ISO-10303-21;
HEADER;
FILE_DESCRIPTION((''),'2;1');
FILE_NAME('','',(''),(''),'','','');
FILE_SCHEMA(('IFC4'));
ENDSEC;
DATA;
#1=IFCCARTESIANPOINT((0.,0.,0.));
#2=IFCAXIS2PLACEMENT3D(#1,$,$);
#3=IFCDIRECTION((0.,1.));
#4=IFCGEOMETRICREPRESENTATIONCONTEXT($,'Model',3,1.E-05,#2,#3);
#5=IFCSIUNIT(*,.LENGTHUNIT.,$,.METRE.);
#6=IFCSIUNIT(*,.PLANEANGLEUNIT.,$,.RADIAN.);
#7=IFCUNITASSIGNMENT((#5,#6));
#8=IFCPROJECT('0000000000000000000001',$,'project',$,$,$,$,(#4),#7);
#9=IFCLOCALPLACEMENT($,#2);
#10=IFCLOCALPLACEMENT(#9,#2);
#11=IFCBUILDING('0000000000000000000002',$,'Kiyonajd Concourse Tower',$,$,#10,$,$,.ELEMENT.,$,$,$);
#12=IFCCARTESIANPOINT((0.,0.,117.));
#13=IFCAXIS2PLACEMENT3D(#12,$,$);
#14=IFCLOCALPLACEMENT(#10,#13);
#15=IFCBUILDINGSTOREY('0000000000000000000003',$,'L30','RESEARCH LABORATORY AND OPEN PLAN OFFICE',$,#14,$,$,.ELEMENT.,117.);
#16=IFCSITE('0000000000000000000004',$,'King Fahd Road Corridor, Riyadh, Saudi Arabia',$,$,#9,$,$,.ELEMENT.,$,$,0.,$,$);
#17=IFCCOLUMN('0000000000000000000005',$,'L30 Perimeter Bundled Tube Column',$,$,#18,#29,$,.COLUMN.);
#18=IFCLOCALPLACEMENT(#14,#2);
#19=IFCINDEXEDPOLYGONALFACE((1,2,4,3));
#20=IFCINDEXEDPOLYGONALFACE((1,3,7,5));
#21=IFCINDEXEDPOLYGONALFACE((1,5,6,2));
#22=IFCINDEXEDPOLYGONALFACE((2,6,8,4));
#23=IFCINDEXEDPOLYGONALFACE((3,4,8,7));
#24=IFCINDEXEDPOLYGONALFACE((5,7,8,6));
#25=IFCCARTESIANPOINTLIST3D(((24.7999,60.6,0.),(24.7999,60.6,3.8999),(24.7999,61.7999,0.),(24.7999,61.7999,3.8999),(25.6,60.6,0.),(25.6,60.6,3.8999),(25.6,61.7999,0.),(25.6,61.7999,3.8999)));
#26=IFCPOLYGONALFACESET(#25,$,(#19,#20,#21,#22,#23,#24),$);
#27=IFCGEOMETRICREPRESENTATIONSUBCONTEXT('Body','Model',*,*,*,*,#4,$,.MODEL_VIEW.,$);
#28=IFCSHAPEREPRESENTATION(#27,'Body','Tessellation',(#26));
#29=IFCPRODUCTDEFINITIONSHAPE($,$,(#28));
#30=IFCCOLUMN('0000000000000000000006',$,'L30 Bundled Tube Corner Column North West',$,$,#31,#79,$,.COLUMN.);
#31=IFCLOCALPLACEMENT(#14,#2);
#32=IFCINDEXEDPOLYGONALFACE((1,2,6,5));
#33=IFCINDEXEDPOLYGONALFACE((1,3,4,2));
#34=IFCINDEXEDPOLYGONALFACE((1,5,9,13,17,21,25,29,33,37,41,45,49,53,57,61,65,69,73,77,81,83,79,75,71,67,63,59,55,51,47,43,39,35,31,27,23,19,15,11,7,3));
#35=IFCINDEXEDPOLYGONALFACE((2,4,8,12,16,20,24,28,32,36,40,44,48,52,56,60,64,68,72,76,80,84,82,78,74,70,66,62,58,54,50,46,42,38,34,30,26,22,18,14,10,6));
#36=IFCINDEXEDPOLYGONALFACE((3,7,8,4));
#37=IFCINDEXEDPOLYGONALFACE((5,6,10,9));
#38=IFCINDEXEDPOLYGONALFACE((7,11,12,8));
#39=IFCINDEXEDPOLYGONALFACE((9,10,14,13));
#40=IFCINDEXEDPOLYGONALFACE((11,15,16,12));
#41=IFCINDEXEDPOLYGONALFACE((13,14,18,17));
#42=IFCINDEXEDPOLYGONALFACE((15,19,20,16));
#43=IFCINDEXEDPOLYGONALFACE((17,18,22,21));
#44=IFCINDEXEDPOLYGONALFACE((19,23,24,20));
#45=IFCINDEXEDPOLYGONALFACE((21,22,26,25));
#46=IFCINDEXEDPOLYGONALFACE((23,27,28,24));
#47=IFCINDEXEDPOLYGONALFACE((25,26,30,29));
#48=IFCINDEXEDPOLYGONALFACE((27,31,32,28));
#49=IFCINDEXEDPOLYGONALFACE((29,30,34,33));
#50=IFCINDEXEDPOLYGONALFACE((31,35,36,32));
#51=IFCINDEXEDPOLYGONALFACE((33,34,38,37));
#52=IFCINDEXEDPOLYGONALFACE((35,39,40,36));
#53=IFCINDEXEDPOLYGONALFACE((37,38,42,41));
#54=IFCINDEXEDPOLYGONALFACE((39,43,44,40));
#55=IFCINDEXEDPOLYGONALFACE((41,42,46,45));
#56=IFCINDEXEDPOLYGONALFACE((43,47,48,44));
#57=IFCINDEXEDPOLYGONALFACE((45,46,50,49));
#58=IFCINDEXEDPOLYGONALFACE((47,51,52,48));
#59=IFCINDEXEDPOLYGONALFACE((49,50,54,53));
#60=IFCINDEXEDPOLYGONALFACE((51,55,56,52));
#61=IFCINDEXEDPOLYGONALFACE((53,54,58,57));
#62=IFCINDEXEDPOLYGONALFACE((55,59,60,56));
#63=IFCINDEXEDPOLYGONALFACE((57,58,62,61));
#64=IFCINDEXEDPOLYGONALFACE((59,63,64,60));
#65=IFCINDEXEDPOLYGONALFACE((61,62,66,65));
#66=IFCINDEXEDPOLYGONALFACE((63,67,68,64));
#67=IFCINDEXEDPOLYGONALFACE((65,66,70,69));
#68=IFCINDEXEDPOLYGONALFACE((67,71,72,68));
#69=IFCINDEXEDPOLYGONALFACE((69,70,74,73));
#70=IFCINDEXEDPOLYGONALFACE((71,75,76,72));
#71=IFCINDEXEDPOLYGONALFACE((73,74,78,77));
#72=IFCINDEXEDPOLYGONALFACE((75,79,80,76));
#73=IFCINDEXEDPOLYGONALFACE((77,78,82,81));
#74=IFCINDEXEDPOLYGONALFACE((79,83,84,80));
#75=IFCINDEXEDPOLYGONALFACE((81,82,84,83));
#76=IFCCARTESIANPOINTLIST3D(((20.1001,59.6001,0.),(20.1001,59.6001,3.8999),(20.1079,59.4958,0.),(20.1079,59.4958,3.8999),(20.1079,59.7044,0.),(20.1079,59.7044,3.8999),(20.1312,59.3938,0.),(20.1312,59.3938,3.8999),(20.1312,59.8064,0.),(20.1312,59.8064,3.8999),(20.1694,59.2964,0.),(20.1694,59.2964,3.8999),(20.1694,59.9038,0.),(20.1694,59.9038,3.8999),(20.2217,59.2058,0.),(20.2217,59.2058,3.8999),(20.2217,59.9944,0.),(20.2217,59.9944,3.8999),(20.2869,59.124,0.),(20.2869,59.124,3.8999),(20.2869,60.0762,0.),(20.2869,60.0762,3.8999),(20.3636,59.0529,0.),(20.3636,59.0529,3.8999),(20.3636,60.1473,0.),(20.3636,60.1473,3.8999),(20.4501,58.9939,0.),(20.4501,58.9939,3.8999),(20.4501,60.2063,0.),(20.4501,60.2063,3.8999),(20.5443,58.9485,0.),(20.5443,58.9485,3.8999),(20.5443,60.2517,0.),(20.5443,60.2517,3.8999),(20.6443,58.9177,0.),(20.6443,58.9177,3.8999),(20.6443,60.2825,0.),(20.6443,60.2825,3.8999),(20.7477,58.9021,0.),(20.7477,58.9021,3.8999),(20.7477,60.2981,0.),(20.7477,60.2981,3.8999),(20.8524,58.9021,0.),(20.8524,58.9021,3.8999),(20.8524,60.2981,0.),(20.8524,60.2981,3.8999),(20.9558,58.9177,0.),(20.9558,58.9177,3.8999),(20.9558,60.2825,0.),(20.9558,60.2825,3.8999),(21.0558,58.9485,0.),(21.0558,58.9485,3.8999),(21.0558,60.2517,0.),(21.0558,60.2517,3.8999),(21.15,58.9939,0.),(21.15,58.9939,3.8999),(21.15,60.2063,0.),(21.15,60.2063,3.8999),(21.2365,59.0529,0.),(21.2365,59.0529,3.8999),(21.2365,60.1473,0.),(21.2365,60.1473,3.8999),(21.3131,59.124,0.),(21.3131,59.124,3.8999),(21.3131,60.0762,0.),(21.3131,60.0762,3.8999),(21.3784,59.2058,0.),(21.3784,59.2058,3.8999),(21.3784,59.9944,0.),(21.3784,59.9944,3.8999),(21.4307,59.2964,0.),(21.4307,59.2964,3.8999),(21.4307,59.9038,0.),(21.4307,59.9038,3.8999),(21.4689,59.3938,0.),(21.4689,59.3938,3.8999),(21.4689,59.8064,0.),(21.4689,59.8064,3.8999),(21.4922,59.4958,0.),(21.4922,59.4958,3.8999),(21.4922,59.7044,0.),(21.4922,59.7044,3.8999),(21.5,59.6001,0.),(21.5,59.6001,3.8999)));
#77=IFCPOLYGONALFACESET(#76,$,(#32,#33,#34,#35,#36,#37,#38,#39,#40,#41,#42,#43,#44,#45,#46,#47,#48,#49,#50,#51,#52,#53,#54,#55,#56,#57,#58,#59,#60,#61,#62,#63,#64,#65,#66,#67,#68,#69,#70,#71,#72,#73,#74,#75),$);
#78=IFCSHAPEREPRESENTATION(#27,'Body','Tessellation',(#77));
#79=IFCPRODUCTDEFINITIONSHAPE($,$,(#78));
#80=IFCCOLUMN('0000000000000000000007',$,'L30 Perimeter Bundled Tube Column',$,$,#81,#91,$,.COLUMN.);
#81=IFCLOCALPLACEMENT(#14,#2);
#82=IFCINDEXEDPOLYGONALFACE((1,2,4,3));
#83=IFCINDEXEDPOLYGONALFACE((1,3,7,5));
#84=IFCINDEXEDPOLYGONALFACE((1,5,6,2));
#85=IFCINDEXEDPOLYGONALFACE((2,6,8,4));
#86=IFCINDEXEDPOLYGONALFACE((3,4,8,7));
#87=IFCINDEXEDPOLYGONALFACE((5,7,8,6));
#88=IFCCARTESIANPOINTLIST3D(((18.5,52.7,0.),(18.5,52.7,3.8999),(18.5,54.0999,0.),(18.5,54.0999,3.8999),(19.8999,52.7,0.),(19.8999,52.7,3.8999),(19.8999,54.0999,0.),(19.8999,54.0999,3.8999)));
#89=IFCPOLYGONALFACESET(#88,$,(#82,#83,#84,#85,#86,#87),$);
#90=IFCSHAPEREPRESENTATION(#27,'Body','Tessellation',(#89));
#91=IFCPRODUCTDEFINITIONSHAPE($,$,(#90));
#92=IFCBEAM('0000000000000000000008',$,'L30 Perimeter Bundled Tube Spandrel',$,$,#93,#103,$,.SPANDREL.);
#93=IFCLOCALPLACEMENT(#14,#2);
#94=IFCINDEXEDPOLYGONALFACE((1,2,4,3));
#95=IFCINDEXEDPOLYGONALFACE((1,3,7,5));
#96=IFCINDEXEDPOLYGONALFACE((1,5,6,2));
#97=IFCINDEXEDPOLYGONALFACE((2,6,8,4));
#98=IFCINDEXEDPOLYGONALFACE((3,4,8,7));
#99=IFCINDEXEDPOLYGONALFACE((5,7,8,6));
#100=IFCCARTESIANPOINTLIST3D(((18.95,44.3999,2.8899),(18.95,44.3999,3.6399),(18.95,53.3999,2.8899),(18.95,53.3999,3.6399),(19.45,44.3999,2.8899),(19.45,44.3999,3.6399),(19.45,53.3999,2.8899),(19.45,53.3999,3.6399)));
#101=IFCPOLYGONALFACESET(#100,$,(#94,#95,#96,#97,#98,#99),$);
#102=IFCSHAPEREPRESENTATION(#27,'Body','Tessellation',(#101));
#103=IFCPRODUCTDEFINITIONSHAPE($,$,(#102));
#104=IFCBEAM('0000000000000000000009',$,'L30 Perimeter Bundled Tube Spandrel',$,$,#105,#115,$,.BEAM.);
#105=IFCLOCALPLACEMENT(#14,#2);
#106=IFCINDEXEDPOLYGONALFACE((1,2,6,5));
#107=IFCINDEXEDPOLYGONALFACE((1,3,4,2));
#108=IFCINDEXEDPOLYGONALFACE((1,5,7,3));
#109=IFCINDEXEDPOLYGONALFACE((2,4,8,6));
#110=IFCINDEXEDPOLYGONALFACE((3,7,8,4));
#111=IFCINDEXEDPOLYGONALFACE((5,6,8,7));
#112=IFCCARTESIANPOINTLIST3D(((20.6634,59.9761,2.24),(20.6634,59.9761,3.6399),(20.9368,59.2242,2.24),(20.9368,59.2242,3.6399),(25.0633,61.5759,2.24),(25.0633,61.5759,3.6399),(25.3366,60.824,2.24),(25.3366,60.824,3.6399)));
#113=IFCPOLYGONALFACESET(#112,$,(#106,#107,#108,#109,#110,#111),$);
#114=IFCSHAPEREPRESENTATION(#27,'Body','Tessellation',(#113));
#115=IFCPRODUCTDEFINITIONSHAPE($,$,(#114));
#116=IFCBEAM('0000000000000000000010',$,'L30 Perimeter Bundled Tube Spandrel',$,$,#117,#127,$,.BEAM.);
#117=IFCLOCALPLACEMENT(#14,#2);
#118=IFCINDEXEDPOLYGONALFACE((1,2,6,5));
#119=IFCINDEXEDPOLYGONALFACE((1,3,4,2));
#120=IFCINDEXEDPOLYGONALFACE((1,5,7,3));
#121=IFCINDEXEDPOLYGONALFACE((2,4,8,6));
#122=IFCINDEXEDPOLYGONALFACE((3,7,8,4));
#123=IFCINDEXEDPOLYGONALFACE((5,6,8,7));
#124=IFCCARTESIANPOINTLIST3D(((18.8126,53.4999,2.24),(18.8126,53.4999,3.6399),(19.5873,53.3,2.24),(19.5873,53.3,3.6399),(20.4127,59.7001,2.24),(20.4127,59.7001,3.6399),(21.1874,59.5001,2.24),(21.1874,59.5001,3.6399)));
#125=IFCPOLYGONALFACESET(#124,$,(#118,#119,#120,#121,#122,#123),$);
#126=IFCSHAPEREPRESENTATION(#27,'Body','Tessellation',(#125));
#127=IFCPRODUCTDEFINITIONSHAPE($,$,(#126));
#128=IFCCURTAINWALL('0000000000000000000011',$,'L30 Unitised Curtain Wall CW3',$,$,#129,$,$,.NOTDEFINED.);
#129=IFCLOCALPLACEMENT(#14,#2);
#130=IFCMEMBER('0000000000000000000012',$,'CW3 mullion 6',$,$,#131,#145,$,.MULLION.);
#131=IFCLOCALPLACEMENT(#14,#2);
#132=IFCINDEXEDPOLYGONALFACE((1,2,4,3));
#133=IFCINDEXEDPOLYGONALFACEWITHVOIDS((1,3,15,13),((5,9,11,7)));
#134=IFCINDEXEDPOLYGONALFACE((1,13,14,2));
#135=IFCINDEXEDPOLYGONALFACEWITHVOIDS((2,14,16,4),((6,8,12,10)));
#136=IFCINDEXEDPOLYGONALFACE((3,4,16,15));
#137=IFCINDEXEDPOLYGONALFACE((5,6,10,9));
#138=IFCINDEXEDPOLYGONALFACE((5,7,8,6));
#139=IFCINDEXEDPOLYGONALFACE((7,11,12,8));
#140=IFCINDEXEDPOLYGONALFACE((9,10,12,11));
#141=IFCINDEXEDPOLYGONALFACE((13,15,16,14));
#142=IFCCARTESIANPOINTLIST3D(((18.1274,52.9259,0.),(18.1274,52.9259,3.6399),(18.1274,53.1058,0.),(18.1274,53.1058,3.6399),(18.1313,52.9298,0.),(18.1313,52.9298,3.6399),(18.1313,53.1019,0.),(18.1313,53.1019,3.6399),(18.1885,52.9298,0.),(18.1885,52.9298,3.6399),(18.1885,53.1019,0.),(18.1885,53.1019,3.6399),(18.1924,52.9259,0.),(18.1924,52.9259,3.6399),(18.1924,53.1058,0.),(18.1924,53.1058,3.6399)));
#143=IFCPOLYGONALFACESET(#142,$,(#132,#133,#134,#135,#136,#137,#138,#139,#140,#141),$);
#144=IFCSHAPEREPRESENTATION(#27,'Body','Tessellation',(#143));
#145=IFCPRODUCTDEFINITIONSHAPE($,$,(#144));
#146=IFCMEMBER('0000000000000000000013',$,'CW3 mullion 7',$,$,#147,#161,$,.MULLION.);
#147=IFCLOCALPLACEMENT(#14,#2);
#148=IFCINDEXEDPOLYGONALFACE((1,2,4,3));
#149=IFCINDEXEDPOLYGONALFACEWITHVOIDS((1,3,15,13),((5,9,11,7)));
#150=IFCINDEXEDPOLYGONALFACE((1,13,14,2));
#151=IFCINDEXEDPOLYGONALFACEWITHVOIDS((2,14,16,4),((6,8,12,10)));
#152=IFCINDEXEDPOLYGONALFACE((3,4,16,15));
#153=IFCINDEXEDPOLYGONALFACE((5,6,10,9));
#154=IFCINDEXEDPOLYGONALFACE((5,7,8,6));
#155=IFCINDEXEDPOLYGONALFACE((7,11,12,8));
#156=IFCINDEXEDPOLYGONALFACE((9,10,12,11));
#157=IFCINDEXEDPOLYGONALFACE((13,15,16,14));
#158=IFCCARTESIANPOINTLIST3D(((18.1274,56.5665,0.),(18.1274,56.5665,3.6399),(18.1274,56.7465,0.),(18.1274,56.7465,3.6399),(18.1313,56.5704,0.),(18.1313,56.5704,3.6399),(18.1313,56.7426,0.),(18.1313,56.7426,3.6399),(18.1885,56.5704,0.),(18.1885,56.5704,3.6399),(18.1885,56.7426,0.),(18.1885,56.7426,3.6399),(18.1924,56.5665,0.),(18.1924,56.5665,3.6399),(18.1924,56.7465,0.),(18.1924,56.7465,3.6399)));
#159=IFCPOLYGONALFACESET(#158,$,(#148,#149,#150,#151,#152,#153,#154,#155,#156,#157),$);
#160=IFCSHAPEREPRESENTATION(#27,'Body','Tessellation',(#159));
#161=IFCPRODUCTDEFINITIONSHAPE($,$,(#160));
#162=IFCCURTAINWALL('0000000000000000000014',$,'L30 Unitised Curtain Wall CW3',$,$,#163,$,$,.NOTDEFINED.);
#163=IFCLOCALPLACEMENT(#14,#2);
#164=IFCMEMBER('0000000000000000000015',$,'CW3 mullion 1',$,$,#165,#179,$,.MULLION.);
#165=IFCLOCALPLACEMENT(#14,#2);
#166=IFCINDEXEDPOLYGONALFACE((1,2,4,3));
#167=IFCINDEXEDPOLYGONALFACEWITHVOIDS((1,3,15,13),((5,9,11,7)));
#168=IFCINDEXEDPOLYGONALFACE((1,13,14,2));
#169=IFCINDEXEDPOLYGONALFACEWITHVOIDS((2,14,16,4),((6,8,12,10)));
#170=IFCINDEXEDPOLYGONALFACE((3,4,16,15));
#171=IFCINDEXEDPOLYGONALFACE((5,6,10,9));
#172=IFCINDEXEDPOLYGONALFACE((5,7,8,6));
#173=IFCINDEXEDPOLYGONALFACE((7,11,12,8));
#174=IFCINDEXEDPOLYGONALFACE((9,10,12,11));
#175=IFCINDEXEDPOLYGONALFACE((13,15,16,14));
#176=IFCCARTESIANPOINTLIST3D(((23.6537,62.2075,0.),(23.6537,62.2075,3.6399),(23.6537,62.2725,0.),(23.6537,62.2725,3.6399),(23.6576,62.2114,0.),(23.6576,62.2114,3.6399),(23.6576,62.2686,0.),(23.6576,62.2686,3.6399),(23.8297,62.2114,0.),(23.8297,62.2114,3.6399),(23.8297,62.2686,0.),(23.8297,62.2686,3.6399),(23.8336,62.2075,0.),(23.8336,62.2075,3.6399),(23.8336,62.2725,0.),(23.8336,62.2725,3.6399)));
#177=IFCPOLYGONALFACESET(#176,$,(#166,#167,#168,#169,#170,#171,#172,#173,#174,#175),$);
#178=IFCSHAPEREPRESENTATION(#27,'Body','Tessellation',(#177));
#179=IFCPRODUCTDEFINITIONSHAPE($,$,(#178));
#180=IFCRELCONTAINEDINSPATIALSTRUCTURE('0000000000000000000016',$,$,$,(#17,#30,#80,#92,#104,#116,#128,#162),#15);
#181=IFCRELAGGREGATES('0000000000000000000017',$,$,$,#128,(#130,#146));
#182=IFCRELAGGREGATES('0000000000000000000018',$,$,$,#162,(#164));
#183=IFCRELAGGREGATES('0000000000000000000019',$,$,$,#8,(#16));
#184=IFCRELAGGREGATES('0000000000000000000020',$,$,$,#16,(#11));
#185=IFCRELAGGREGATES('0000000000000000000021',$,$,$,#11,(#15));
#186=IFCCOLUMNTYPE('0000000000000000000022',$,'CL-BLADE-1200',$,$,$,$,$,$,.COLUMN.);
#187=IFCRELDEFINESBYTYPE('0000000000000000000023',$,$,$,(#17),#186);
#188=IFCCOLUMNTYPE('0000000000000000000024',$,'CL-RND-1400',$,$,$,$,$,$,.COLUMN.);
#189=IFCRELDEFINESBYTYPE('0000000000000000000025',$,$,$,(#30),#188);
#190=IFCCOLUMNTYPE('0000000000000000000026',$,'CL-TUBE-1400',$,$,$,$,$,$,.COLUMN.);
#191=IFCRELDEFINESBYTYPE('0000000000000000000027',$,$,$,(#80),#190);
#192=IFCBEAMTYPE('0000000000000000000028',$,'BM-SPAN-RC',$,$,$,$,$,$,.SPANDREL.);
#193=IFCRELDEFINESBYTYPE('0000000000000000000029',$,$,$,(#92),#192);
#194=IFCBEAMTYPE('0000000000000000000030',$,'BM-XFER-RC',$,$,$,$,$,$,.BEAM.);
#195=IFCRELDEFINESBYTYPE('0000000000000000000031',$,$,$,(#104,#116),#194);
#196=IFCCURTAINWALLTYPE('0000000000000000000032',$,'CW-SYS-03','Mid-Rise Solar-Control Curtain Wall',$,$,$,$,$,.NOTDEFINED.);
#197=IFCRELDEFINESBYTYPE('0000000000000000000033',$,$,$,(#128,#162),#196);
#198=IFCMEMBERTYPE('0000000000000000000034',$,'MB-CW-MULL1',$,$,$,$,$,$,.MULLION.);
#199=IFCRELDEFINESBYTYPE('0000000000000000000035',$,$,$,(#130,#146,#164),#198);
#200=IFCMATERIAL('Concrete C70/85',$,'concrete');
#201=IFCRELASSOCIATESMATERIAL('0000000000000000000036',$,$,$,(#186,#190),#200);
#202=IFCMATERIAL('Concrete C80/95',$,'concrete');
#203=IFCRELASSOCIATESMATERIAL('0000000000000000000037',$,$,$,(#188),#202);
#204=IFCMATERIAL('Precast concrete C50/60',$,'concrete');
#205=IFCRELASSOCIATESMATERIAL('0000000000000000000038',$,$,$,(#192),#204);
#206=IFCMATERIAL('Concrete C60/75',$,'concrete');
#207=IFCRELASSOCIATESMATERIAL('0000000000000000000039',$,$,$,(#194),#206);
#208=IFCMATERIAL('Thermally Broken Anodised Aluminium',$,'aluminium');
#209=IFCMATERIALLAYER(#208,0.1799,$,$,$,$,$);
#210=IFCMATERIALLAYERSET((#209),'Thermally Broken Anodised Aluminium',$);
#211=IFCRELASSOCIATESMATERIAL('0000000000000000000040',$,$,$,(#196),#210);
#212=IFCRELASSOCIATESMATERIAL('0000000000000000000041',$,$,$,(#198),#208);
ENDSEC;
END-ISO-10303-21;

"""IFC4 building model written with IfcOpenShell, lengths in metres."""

from ifc_helpers import new_model, si_unit, direction, frame, origin, origin_2d, place, context, subcontext, project, spatial, rectangle, hollow_rectangle, circle, extrude, material, layer, layer_set, material_profile, profile_set, type_object, element, aggregate, save


model = new_model("IFC4")

# Units and contexts
model_context = context("Model", 3, precision=1e-05, world=origin(), true_north=direction((0.0, 1.0)))
body_context = subcontext(model_context, "Body", "Model", "MODEL_VIEW")
ifc_project = project(units=[si_unit("LENGTHUNIT", "METRE"), si_unit("PLANEANGLEUNIT", "RADIAN")], contexts=[model_context])

# Site, building, storey
site_placement = place(None, origin())
site = spatial("IfcSite", under=ifc_project, at=site_placement, Name="King Fahd Road Corridor, Riyadh, Saudi Arabia", CompositionType="ELEMENT", RefElevation=0.0)
building_placement = place(site_placement, origin())
building = spatial("IfcBuilding", under=site, at=building_placement, Name="Kiyonajd Concourse Tower", CompositionType="ELEMENT")
storey_placement = place(building_placement, frame((0.0, 0.0, 117.0)))
storey = spatial("IfcBuildingStorey", under=building, at=storey_placement, Name="L30", Description="RESEARCH LABORATORY AND OPEN PLAN OFFICE", CompositionType="ELEMENT", Elevation=117.0)

# Columns
ifc_material_1 = material(Name="Concrete C70/85", Category="concrete")
ifc_material_profile_1 = material_profile(ifc_material_1, rectangle(XDim=0.8, YDim=1.2, at=origin_2d()), Name="RC-1200x800")
ifc_profile_set_1 = profile_set([ifc_material_profile_1], Name="Concrete C70/85")
column_type_1 = type_object("IfcColumnType", Name="CL-BLADE-1200", PredefinedType="COLUMN", material=ifc_profile_set_1)
column_1_placement = place(storey_placement, frame((25.2, 61.2, 0.0), z_axis=(0.0, 0.0, 1.0), x_axis=(1.0, 0.0, 0.0)))
element("IfcColumn", 1, at=column_1_placement, inside=storey, type_object=column_type_1, Name="L30 Perimeter Bundled Tube Column", PredefinedType="COLUMN", context=body_context, shape_type="SweptSolid", body=[
    extrude(rectangle(XDim=0.8, YDim=1.2, at=origin_2d()), origin(), (0.0, 0.0, 1.0), 3.8999),
])
ifc_material_2 = material(Name="Concrete C80/95", Category="concrete")
ifc_material_profile_2 = material_profile(ifc_material_2, circle(Radius=0.7, at=origin_2d()), Name="RCC-D1400")
ifc_profile_set_2 = profile_set([ifc_material_profile_2], Name="Concrete C80/95")
column_type_2 = type_object("IfcColumnType", Name="CL-RND-1400", PredefinedType="COLUMN", material=ifc_profile_set_2)
column_2_placement = place(storey_placement, frame((20.8, 59.6001, 0.0), z_axis=(0.0, 0.0, 1.0), x_axis=(1.0, 0.0, 0.0)))
element("IfcColumn", 2, at=column_2_placement, inside=storey, type_object=column_type_2, Name="L30 Bundled Tube Corner Column North West", PredefinedType="COLUMN", context=body_context, shape_type="SweptSolid", body=[
    extrude(circle(Radius=0.7, at=origin_2d()), origin(), (0.0, 0.0, 1.0), 3.8999),
])
ifc_material_profile_3 = material_profile(ifc_material_1, rectangle(XDim=1.3999, YDim=1.3999, at=origin_2d()), Name="RC-1400x1400")
ifc_profile_set_3 = profile_set([ifc_material_profile_3], Name="Concrete C70/85")
column_type_3 = type_object("IfcColumnType", Name="CL-TUBE-1400", PredefinedType="COLUMN", material=ifc_profile_set_3)
column_3_placement = place(storey_placement, frame((19.2, 53.3999, 0.0), z_axis=(0.0, 0.0, 1.0), x_axis=(1.0, 0.0, 0.0)))
element("IfcColumn", 3, at=column_3_placement, inside=storey, type_object=column_type_3, Name="L30 Perimeter Bundled Tube Column", PredefinedType="COLUMN", context=body_context, shape_type="SweptSolid", body=[
    extrude(rectangle(XDim=1.3999, YDim=1.3999, at=origin_2d()), origin(), (0.0, 0.0, 1.0), 3.8999),
])

# Beams
ifc_material_3 = material(Name="Precast concrete C50/60", Category="concrete")
ifc_material_profile_4 = material_profile(ifc_material_3, rectangle(XDim=0.5, YDim=0.75, at=origin_2d()), Name="RCBM-500x750")
ifc_profile_set_4 = profile_set([ifc_material_profile_4], Name="Precast concrete C50/60")
beam_type_1 = type_object("IfcBeamType", Name="BM-SPAN-RC", PredefinedType="SPANDREL", material=ifc_profile_set_4)
beam_1_placement = place(storey_placement, frame((19.2, 53.3999, 3.2649), z_axis=(0.0, -1.0, 0.0), x_axis=(1.0, 0.0, 0.0)))
element("IfcBeam", 4, at=beam_1_placement, inside=storey, type_object=beam_type_1, Name="L30 Perimeter Bundled Tube Spandrel", PredefinedType="SPANDREL", context=body_context, shape_type="SweptSolid", body=[
    extrude(rectangle(XDim=0.5, YDim=0.75, at=origin_2d()), origin(), (0.0, 0.0, 1.0), 9.0),
])
ifc_material_4 = material(Name="Concrete C60/75", Category="concrete")
ifc_material_profile_5 = material_profile(ifc_material_4, rectangle(XDim=0.8, YDim=1.3999, at=origin_2d()), Name="RCBM-800x1400")
ifc_profile_set_5 = profile_set([ifc_material_profile_5], Name="Concrete C60/75")
beam_type_2 = type_object("IfcBeamType", Name="BM-XFER-RC", PredefinedType="BEAM", material=ifc_profile_set_5)
beam_2_placement = place(storey_placement, frame((25.2, 61.2, 2.9399), z_axis=(-0.939801, -0.341722, 0.0), x_axis=(0.341722, -0.939801, 0.0)))
element("IfcBeam", 5, at=beam_2_placement, inside=storey, type_object=beam_type_2, Name="L30 Perimeter Bundled Tube Spandrel", PredefinedType="BEAM", context=body_context, shape_type="SweptSolid", body=[
    extrude(rectangle(XDim=0.8, YDim=1.3999, at=origin_2d()), origin(), (0.0, 0.0, 1.0), 4.6816),
])
beam_3_placement = place(storey_placement, frame((20.8, 59.6001, 2.9399), z_axis=(-0.249885, -0.968276, 0.0), x_axis=(0.968276, -0.249885, 0.0)))
element("IfcBeam", 6, at=beam_3_placement, inside=storey, type_object=beam_type_2, Name="L30 Perimeter Bundled Tube Spandrel", PredefinedType="BEAM", context=body_context, shape_type="SweptSolid", body=[
    extrude(rectangle(XDim=0.8, YDim=1.3999, at=origin_2d()), origin(), (0.0, 0.0, 1.0), 6.4033),
])

# Curtain walls, members
ifc_material_5 = material(Name="Thermally Broken Anodised Aluminium", Category="aluminium")
ifc_layer_1 = layer(ifc_material_5, 0.1799)
ifc_layer_set_1 = layer_set([ifc_layer_1], Name="Thermally Broken Anodised Aluminium")
curtain_wall_type = type_object("IfcCurtainWallType", Name="CW-SYS-03", Description="Mid-Rise Solar-Control Curtain Wall", PredefinedType="NOTDEFINED", material=ifc_layer_set_1)
curtain_wall_1_placement = place(storey_placement, origin())
curtain_wall_1 = element("IfcCurtainWall", 7, at=curtain_wall_1_placement, inside=storey, type_object=curtain_wall_type, Name="L30 Unitised Curtain Wall CW3", PredefinedType="NOTDEFINED")
ifc_material_profile_6 = material_profile(ifc_material_5, hollow_rectangle(XDim=0.0649, YDim=0.1799, WallThickness=0.0039, at=origin_2d()), Name="MULL-65x180")
ifc_profile_set_6 = profile_set([ifc_material_profile_6], Name="Thermally Broken Anodised Aluminium")
member_type_1 = type_object("IfcMemberType", Name="MB-CW-MULL1", PredefinedType="MULLION", material=ifc_profile_set_6)
member_1_placement = place(storey_placement, frame((18.1599, 53.0159, 0.0), z_axis=(0.0, 0.0, 1.0), x_axis=(-1.0, 0.0, 0.0)))
member_1 = element("IfcMember", 8, at=member_1_placement, type_object=member_type_1, Name="CW3 mullion 6", PredefinedType="MULLION", context=body_context, shape_type="SweptSolid", body=[
    extrude(hollow_rectangle(XDim=0.0649, YDim=0.1799, WallThickness=0.0039, at=origin_2d()), origin(), (0.0, 0.0, 1.0), 3.6399),
])
member_2_placement = place(storey_placement, frame((18.1599, 56.6565, 0.0), z_axis=(0.0, 0.0, 1.0), x_axis=(-1.0, 0.0, 0.0)))
member_2 = element("IfcMember", 9, at=member_2_placement, type_object=member_type_1, Name="CW3 mullion 7", PredefinedType="MULLION", context=body_context, shape_type="SweptSolid", body=[
    extrude(hollow_rectangle(XDim=0.0649, YDim=0.1799, WallThickness=0.0039, at=origin_2d()), origin(), (0.0, 0.0, 1.0), 3.6399),
])
curtain_wall_2_placement = place(storey_placement, origin())
curtain_wall_2 = element("IfcCurtainWall", 10, at=curtain_wall_2_placement, inside=storey, type_object=curtain_wall_type, Name="L30 Unitised Curtain Wall CW3", PredefinedType="NOTDEFINED")
member_3_placement = place(storey_placement, frame((23.7437, 62.24, 0.0), z_axis=(0.0, 0.0, 1.0), x_axis=(0.0, 1.0, 0.0)))
member_3 = element("IfcMember", 11, at=member_3_placement, type_object=member_type_1, Name="CW3 mullion 1", PredefinedType="MULLION", context=body_context, shape_type="SweptSolid", body=[
    extrude(hollow_rectangle(XDim=0.0649, YDim=0.1799, WallThickness=0.0039, at=origin_2d()), origin(), (0.0, 0.0, 1.0), 3.6399),
])

aggregate(curtain_wall_1, [member_1, member_2])
aggregate(curtain_wall_2, [member_3])

save(model, "model.ifc")
